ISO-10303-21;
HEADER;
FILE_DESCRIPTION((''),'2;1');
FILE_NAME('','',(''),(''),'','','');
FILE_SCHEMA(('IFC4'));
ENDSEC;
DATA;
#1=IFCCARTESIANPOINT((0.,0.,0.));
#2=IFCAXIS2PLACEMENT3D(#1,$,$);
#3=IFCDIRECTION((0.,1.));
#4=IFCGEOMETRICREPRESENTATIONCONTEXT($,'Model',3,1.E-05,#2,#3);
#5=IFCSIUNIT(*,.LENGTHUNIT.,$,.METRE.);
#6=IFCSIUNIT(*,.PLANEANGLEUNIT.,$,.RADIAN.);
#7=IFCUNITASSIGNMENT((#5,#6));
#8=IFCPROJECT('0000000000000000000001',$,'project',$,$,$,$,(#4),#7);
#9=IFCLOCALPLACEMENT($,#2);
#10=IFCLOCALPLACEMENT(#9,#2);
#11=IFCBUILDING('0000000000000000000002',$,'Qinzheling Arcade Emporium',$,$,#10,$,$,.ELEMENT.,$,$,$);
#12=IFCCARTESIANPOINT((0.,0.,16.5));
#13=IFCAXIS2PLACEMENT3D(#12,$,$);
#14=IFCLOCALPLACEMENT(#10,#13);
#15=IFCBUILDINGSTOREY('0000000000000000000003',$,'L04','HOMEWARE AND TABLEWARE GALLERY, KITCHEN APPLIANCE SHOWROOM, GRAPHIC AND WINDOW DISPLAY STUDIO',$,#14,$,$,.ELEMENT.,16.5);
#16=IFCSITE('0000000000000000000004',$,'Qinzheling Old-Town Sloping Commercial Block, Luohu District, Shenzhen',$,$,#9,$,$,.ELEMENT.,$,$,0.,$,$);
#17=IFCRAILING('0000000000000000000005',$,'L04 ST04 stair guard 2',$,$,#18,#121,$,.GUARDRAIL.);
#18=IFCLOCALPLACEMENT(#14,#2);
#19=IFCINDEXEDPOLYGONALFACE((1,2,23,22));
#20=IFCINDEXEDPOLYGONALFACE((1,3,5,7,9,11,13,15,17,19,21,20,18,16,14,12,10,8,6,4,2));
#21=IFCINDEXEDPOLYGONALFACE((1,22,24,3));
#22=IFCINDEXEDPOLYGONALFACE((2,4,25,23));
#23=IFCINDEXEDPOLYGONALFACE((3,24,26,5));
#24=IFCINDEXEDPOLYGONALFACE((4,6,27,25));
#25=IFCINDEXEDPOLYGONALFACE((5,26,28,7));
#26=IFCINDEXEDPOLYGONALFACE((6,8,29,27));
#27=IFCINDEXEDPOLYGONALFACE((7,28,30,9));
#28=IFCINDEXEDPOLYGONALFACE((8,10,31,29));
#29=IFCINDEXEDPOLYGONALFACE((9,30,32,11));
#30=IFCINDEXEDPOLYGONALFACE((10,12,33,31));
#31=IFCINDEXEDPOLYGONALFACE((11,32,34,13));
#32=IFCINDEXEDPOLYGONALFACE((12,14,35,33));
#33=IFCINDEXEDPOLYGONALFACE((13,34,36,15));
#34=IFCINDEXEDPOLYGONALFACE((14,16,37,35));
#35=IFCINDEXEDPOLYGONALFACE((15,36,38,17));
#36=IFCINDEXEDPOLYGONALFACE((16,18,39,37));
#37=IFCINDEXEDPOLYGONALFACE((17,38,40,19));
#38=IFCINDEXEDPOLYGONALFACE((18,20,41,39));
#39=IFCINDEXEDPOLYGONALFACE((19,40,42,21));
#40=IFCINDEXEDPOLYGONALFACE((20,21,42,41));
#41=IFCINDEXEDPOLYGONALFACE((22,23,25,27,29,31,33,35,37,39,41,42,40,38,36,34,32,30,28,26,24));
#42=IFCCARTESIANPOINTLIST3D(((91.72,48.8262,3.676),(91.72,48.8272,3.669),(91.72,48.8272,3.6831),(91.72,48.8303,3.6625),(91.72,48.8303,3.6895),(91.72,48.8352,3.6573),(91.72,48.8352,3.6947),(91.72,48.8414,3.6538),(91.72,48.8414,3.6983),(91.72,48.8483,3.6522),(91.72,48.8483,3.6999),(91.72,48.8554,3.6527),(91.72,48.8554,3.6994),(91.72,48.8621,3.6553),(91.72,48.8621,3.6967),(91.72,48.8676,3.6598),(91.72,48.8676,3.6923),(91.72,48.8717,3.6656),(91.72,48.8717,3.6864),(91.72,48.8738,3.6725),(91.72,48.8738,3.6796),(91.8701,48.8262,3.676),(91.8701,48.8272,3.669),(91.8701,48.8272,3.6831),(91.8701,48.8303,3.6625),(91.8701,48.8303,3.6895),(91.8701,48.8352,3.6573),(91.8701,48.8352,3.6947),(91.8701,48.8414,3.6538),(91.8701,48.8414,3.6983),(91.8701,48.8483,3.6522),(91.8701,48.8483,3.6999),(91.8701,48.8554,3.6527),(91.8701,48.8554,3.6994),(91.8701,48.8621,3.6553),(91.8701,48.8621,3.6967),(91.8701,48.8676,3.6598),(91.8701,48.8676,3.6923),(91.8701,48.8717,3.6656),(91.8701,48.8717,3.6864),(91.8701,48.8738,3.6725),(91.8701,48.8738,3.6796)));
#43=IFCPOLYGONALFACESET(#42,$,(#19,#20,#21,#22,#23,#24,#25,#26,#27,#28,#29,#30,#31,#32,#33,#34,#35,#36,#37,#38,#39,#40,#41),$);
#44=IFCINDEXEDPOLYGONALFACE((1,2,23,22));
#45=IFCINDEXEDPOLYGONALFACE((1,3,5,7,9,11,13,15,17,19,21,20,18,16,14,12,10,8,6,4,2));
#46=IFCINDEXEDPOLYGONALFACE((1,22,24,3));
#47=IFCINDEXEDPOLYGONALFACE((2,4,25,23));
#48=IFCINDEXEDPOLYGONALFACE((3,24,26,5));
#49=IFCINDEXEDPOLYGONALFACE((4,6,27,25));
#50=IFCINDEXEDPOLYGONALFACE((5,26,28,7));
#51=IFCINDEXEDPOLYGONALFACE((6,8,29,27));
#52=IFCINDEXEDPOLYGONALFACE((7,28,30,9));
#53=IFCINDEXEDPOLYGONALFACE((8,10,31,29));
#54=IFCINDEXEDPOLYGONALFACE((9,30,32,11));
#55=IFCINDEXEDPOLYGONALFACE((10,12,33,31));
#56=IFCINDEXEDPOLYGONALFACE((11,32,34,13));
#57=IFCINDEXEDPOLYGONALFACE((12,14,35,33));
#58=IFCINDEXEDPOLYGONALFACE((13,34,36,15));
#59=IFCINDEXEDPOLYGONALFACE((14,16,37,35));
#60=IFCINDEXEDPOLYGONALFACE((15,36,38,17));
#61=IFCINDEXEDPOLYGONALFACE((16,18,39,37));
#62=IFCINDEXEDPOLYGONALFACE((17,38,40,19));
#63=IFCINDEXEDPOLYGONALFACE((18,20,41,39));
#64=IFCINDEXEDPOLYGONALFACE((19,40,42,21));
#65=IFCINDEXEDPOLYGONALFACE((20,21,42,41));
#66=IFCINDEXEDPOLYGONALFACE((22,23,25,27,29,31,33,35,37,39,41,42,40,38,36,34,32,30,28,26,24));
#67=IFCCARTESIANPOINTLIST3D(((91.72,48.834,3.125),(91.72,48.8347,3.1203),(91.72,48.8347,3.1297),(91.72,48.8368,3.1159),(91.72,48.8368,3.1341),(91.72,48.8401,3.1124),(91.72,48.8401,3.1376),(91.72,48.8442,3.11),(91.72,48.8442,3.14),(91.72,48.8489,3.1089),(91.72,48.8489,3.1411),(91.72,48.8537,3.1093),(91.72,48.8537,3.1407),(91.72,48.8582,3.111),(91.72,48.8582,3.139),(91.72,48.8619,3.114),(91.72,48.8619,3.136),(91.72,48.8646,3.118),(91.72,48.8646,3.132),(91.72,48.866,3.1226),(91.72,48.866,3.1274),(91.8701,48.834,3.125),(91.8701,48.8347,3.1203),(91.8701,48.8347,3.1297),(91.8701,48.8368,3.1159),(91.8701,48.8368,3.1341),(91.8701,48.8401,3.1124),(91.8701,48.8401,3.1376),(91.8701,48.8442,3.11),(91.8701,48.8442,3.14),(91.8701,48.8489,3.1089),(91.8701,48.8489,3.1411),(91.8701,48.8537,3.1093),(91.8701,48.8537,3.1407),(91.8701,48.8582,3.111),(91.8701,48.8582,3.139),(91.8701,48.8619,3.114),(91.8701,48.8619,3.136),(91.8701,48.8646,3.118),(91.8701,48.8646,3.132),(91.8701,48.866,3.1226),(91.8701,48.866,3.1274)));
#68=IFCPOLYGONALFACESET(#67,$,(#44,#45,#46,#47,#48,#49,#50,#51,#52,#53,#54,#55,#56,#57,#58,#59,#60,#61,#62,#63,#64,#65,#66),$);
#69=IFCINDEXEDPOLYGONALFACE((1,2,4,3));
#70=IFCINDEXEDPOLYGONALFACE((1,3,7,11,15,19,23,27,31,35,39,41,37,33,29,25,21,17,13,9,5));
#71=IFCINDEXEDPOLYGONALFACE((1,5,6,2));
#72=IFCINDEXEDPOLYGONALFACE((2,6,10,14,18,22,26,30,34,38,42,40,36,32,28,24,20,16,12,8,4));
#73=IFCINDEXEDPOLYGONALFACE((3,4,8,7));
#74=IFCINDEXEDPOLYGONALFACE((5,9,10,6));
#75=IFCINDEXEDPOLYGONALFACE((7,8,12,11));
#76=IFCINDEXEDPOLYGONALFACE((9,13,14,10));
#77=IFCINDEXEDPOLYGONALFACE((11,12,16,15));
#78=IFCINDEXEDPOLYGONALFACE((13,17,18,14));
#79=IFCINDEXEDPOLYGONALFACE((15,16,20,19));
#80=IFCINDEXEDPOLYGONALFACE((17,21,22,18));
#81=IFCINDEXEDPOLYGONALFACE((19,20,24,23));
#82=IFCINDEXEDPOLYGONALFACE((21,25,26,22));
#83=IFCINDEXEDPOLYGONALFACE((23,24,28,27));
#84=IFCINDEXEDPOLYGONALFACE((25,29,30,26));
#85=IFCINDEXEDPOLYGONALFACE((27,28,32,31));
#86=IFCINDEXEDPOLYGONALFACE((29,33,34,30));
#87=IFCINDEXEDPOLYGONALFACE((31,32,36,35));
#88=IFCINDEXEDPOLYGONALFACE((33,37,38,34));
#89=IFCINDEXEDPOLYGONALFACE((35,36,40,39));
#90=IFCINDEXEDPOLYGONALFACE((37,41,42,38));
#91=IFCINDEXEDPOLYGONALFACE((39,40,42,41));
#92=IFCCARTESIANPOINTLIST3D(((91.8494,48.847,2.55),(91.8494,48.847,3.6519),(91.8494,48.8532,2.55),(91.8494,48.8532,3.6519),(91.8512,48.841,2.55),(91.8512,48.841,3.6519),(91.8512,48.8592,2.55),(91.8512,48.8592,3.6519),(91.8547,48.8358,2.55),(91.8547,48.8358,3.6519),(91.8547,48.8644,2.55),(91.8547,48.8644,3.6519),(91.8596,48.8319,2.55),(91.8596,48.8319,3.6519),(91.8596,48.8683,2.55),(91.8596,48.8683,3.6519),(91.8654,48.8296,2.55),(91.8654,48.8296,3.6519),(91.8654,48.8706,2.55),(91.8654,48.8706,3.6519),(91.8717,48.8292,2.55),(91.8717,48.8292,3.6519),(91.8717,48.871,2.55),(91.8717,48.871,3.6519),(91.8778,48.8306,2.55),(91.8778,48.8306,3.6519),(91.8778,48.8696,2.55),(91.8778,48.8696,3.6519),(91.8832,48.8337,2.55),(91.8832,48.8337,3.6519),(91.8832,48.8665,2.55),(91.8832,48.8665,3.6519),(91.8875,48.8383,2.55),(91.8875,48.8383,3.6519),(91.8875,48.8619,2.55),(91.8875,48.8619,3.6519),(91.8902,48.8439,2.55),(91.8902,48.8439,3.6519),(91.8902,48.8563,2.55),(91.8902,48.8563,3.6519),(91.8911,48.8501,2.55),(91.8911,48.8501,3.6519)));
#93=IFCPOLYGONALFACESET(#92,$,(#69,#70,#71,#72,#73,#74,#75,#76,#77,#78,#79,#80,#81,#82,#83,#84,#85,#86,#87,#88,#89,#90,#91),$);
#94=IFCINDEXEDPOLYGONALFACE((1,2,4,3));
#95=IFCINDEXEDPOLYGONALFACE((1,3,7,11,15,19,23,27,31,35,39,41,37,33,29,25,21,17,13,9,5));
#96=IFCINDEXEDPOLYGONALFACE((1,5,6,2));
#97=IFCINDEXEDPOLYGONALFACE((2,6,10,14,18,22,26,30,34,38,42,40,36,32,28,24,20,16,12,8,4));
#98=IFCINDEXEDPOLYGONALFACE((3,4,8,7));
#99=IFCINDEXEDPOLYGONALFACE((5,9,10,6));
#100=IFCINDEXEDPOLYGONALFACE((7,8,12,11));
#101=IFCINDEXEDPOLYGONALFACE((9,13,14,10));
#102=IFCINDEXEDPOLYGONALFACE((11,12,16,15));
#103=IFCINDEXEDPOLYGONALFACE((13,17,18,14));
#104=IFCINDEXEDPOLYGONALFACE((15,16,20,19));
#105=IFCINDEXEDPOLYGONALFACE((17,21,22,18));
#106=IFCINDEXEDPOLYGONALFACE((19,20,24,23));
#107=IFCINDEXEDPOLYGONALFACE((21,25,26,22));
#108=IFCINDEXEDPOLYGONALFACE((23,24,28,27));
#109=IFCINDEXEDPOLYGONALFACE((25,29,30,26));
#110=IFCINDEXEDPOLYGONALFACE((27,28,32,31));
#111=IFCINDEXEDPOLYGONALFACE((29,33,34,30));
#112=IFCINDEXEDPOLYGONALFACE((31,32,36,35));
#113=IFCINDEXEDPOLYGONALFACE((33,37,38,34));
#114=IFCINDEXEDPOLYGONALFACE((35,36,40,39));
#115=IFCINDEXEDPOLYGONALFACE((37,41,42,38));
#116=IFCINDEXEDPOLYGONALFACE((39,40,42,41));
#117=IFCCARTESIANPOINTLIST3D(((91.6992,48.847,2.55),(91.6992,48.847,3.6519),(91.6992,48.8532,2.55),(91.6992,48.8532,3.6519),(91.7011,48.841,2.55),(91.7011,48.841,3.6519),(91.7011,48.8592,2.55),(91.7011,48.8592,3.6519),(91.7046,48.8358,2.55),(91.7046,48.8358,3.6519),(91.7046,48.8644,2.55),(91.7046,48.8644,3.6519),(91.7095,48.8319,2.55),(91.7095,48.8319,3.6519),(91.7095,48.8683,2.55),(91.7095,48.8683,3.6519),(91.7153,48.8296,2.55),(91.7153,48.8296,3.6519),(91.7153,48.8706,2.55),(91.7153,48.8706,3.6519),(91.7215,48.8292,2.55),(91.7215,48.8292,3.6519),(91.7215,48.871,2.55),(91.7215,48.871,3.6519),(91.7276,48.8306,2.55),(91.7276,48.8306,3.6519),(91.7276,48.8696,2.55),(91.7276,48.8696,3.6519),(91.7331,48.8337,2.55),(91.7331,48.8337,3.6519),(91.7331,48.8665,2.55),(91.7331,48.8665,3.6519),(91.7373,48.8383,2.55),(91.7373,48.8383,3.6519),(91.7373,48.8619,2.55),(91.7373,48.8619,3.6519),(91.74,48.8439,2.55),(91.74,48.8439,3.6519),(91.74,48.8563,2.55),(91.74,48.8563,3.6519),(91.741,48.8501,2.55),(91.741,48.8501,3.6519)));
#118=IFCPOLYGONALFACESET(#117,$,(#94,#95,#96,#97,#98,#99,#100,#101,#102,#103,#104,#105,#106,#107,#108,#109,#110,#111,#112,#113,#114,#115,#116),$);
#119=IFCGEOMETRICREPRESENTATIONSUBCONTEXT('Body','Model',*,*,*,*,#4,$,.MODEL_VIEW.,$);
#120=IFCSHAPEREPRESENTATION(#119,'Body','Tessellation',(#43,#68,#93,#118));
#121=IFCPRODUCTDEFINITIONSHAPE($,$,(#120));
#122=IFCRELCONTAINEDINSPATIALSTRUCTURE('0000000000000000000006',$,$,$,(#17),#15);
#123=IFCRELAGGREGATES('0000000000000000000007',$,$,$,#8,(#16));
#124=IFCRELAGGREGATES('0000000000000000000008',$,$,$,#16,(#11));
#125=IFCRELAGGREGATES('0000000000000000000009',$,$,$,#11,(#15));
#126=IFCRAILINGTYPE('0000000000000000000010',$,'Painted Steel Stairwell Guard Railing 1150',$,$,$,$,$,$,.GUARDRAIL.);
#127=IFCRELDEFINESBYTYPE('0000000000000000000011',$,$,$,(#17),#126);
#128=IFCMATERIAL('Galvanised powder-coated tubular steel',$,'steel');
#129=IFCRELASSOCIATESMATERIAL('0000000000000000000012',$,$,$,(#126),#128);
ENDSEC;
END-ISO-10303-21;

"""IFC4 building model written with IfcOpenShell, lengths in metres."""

from ifc_helpers import new_model, si_unit, direction, frame, origin, origin_2d, place, context, subcontext, project, spatial, circle, extrude, material, type_object, element, save


model = new_model("IFC4")

# Units and contexts
model_context = context("Model", 3, precision=1e-05, world=origin(), true_north=direction((0.0, 1.0)))
body_context = subcontext(model_context, "Body", "Model", "MODEL_VIEW")
ifc_project = project(units=[si_unit("LENGTHUNIT", "METRE"), si_unit("PLANEANGLEUNIT", "RADIAN")], contexts=[model_context])

# Site, building, storey
site_placement = place(None, origin())
site = spatial("IfcSite", under=ifc_project, at=site_placement, Name="Qinzheling Old-Town Sloping Commercial Block, Luohu District, Shenzhen", CompositionType="ELEMENT", RefElevation=0.0)
building_placement = place(site_placement, origin())
building = spatial("IfcBuilding", under=site, at=building_placement, Name="Qinzheling Arcade Emporium", CompositionType="ELEMENT")
storey_placement = place(building_placement, frame((0.0, 0.0, 16.5)))
storey = spatial("IfcBuildingStorey", under=building, at=storey_placement, Name="L04", Description="HOMEWARE AND TABLEWARE GALLERY, KITCHEN APPLIANCE SHOWROOM, GRAPHIC AND WINDOW DISPLAY STUDIO", CompositionType="ELEMENT", Elevation=16.5)

# Railing
ifc_material_1 = material(Name="Galvanised powder-coated tubular steel", Category="steel")
railing_type_1 = type_object("IfcRailingType", Name="Painted Steel Stairwell Guard Railing 1150", PredefinedType="GUARDRAIL", material=ifc_material_1)
railing_1_placement = place(storey_placement, frame((91.8701, 48.8501, 2.55)))
element("IfcRailing", 1, at=railing_1_placement, inside=storey, type_object=railing_type_1, Name="L04 ST04 stair guard 2", PredefinedType="GUARDRAIL", context=body_context, shape_type="SweptSolid", body=[
    extrude(circle(Radius=0.0239, at=origin_2d()), frame((0.0, 0.0, 1.126), z_axis=(-1.0, 0.0, 0.0), x_axis=(0.0, -1.0, 0.0)), (0.0, 0.0, 1.0), 0.1501),
    extrude(circle(Radius=0.0161, at=origin_2d()), frame((0.0, 0.0, 0.575), z_axis=(-1.0, 0.0, 0.0), x_axis=(0.0, -1.0, 0.0)), (0.0, 0.0, 1.0), 0.1501),
    extrude(circle(Radius=0.021, at=origin_2d()), origin(), (0.0, 0.0, 1.0), 1.1018),
    extrude(circle(Radius=0.021, at=origin_2d()), frame((-0.1501, 0.0, 0.0)), (0.0, 0.0, 1.0), 1.1018),
])

save(model, "model.ifc")
